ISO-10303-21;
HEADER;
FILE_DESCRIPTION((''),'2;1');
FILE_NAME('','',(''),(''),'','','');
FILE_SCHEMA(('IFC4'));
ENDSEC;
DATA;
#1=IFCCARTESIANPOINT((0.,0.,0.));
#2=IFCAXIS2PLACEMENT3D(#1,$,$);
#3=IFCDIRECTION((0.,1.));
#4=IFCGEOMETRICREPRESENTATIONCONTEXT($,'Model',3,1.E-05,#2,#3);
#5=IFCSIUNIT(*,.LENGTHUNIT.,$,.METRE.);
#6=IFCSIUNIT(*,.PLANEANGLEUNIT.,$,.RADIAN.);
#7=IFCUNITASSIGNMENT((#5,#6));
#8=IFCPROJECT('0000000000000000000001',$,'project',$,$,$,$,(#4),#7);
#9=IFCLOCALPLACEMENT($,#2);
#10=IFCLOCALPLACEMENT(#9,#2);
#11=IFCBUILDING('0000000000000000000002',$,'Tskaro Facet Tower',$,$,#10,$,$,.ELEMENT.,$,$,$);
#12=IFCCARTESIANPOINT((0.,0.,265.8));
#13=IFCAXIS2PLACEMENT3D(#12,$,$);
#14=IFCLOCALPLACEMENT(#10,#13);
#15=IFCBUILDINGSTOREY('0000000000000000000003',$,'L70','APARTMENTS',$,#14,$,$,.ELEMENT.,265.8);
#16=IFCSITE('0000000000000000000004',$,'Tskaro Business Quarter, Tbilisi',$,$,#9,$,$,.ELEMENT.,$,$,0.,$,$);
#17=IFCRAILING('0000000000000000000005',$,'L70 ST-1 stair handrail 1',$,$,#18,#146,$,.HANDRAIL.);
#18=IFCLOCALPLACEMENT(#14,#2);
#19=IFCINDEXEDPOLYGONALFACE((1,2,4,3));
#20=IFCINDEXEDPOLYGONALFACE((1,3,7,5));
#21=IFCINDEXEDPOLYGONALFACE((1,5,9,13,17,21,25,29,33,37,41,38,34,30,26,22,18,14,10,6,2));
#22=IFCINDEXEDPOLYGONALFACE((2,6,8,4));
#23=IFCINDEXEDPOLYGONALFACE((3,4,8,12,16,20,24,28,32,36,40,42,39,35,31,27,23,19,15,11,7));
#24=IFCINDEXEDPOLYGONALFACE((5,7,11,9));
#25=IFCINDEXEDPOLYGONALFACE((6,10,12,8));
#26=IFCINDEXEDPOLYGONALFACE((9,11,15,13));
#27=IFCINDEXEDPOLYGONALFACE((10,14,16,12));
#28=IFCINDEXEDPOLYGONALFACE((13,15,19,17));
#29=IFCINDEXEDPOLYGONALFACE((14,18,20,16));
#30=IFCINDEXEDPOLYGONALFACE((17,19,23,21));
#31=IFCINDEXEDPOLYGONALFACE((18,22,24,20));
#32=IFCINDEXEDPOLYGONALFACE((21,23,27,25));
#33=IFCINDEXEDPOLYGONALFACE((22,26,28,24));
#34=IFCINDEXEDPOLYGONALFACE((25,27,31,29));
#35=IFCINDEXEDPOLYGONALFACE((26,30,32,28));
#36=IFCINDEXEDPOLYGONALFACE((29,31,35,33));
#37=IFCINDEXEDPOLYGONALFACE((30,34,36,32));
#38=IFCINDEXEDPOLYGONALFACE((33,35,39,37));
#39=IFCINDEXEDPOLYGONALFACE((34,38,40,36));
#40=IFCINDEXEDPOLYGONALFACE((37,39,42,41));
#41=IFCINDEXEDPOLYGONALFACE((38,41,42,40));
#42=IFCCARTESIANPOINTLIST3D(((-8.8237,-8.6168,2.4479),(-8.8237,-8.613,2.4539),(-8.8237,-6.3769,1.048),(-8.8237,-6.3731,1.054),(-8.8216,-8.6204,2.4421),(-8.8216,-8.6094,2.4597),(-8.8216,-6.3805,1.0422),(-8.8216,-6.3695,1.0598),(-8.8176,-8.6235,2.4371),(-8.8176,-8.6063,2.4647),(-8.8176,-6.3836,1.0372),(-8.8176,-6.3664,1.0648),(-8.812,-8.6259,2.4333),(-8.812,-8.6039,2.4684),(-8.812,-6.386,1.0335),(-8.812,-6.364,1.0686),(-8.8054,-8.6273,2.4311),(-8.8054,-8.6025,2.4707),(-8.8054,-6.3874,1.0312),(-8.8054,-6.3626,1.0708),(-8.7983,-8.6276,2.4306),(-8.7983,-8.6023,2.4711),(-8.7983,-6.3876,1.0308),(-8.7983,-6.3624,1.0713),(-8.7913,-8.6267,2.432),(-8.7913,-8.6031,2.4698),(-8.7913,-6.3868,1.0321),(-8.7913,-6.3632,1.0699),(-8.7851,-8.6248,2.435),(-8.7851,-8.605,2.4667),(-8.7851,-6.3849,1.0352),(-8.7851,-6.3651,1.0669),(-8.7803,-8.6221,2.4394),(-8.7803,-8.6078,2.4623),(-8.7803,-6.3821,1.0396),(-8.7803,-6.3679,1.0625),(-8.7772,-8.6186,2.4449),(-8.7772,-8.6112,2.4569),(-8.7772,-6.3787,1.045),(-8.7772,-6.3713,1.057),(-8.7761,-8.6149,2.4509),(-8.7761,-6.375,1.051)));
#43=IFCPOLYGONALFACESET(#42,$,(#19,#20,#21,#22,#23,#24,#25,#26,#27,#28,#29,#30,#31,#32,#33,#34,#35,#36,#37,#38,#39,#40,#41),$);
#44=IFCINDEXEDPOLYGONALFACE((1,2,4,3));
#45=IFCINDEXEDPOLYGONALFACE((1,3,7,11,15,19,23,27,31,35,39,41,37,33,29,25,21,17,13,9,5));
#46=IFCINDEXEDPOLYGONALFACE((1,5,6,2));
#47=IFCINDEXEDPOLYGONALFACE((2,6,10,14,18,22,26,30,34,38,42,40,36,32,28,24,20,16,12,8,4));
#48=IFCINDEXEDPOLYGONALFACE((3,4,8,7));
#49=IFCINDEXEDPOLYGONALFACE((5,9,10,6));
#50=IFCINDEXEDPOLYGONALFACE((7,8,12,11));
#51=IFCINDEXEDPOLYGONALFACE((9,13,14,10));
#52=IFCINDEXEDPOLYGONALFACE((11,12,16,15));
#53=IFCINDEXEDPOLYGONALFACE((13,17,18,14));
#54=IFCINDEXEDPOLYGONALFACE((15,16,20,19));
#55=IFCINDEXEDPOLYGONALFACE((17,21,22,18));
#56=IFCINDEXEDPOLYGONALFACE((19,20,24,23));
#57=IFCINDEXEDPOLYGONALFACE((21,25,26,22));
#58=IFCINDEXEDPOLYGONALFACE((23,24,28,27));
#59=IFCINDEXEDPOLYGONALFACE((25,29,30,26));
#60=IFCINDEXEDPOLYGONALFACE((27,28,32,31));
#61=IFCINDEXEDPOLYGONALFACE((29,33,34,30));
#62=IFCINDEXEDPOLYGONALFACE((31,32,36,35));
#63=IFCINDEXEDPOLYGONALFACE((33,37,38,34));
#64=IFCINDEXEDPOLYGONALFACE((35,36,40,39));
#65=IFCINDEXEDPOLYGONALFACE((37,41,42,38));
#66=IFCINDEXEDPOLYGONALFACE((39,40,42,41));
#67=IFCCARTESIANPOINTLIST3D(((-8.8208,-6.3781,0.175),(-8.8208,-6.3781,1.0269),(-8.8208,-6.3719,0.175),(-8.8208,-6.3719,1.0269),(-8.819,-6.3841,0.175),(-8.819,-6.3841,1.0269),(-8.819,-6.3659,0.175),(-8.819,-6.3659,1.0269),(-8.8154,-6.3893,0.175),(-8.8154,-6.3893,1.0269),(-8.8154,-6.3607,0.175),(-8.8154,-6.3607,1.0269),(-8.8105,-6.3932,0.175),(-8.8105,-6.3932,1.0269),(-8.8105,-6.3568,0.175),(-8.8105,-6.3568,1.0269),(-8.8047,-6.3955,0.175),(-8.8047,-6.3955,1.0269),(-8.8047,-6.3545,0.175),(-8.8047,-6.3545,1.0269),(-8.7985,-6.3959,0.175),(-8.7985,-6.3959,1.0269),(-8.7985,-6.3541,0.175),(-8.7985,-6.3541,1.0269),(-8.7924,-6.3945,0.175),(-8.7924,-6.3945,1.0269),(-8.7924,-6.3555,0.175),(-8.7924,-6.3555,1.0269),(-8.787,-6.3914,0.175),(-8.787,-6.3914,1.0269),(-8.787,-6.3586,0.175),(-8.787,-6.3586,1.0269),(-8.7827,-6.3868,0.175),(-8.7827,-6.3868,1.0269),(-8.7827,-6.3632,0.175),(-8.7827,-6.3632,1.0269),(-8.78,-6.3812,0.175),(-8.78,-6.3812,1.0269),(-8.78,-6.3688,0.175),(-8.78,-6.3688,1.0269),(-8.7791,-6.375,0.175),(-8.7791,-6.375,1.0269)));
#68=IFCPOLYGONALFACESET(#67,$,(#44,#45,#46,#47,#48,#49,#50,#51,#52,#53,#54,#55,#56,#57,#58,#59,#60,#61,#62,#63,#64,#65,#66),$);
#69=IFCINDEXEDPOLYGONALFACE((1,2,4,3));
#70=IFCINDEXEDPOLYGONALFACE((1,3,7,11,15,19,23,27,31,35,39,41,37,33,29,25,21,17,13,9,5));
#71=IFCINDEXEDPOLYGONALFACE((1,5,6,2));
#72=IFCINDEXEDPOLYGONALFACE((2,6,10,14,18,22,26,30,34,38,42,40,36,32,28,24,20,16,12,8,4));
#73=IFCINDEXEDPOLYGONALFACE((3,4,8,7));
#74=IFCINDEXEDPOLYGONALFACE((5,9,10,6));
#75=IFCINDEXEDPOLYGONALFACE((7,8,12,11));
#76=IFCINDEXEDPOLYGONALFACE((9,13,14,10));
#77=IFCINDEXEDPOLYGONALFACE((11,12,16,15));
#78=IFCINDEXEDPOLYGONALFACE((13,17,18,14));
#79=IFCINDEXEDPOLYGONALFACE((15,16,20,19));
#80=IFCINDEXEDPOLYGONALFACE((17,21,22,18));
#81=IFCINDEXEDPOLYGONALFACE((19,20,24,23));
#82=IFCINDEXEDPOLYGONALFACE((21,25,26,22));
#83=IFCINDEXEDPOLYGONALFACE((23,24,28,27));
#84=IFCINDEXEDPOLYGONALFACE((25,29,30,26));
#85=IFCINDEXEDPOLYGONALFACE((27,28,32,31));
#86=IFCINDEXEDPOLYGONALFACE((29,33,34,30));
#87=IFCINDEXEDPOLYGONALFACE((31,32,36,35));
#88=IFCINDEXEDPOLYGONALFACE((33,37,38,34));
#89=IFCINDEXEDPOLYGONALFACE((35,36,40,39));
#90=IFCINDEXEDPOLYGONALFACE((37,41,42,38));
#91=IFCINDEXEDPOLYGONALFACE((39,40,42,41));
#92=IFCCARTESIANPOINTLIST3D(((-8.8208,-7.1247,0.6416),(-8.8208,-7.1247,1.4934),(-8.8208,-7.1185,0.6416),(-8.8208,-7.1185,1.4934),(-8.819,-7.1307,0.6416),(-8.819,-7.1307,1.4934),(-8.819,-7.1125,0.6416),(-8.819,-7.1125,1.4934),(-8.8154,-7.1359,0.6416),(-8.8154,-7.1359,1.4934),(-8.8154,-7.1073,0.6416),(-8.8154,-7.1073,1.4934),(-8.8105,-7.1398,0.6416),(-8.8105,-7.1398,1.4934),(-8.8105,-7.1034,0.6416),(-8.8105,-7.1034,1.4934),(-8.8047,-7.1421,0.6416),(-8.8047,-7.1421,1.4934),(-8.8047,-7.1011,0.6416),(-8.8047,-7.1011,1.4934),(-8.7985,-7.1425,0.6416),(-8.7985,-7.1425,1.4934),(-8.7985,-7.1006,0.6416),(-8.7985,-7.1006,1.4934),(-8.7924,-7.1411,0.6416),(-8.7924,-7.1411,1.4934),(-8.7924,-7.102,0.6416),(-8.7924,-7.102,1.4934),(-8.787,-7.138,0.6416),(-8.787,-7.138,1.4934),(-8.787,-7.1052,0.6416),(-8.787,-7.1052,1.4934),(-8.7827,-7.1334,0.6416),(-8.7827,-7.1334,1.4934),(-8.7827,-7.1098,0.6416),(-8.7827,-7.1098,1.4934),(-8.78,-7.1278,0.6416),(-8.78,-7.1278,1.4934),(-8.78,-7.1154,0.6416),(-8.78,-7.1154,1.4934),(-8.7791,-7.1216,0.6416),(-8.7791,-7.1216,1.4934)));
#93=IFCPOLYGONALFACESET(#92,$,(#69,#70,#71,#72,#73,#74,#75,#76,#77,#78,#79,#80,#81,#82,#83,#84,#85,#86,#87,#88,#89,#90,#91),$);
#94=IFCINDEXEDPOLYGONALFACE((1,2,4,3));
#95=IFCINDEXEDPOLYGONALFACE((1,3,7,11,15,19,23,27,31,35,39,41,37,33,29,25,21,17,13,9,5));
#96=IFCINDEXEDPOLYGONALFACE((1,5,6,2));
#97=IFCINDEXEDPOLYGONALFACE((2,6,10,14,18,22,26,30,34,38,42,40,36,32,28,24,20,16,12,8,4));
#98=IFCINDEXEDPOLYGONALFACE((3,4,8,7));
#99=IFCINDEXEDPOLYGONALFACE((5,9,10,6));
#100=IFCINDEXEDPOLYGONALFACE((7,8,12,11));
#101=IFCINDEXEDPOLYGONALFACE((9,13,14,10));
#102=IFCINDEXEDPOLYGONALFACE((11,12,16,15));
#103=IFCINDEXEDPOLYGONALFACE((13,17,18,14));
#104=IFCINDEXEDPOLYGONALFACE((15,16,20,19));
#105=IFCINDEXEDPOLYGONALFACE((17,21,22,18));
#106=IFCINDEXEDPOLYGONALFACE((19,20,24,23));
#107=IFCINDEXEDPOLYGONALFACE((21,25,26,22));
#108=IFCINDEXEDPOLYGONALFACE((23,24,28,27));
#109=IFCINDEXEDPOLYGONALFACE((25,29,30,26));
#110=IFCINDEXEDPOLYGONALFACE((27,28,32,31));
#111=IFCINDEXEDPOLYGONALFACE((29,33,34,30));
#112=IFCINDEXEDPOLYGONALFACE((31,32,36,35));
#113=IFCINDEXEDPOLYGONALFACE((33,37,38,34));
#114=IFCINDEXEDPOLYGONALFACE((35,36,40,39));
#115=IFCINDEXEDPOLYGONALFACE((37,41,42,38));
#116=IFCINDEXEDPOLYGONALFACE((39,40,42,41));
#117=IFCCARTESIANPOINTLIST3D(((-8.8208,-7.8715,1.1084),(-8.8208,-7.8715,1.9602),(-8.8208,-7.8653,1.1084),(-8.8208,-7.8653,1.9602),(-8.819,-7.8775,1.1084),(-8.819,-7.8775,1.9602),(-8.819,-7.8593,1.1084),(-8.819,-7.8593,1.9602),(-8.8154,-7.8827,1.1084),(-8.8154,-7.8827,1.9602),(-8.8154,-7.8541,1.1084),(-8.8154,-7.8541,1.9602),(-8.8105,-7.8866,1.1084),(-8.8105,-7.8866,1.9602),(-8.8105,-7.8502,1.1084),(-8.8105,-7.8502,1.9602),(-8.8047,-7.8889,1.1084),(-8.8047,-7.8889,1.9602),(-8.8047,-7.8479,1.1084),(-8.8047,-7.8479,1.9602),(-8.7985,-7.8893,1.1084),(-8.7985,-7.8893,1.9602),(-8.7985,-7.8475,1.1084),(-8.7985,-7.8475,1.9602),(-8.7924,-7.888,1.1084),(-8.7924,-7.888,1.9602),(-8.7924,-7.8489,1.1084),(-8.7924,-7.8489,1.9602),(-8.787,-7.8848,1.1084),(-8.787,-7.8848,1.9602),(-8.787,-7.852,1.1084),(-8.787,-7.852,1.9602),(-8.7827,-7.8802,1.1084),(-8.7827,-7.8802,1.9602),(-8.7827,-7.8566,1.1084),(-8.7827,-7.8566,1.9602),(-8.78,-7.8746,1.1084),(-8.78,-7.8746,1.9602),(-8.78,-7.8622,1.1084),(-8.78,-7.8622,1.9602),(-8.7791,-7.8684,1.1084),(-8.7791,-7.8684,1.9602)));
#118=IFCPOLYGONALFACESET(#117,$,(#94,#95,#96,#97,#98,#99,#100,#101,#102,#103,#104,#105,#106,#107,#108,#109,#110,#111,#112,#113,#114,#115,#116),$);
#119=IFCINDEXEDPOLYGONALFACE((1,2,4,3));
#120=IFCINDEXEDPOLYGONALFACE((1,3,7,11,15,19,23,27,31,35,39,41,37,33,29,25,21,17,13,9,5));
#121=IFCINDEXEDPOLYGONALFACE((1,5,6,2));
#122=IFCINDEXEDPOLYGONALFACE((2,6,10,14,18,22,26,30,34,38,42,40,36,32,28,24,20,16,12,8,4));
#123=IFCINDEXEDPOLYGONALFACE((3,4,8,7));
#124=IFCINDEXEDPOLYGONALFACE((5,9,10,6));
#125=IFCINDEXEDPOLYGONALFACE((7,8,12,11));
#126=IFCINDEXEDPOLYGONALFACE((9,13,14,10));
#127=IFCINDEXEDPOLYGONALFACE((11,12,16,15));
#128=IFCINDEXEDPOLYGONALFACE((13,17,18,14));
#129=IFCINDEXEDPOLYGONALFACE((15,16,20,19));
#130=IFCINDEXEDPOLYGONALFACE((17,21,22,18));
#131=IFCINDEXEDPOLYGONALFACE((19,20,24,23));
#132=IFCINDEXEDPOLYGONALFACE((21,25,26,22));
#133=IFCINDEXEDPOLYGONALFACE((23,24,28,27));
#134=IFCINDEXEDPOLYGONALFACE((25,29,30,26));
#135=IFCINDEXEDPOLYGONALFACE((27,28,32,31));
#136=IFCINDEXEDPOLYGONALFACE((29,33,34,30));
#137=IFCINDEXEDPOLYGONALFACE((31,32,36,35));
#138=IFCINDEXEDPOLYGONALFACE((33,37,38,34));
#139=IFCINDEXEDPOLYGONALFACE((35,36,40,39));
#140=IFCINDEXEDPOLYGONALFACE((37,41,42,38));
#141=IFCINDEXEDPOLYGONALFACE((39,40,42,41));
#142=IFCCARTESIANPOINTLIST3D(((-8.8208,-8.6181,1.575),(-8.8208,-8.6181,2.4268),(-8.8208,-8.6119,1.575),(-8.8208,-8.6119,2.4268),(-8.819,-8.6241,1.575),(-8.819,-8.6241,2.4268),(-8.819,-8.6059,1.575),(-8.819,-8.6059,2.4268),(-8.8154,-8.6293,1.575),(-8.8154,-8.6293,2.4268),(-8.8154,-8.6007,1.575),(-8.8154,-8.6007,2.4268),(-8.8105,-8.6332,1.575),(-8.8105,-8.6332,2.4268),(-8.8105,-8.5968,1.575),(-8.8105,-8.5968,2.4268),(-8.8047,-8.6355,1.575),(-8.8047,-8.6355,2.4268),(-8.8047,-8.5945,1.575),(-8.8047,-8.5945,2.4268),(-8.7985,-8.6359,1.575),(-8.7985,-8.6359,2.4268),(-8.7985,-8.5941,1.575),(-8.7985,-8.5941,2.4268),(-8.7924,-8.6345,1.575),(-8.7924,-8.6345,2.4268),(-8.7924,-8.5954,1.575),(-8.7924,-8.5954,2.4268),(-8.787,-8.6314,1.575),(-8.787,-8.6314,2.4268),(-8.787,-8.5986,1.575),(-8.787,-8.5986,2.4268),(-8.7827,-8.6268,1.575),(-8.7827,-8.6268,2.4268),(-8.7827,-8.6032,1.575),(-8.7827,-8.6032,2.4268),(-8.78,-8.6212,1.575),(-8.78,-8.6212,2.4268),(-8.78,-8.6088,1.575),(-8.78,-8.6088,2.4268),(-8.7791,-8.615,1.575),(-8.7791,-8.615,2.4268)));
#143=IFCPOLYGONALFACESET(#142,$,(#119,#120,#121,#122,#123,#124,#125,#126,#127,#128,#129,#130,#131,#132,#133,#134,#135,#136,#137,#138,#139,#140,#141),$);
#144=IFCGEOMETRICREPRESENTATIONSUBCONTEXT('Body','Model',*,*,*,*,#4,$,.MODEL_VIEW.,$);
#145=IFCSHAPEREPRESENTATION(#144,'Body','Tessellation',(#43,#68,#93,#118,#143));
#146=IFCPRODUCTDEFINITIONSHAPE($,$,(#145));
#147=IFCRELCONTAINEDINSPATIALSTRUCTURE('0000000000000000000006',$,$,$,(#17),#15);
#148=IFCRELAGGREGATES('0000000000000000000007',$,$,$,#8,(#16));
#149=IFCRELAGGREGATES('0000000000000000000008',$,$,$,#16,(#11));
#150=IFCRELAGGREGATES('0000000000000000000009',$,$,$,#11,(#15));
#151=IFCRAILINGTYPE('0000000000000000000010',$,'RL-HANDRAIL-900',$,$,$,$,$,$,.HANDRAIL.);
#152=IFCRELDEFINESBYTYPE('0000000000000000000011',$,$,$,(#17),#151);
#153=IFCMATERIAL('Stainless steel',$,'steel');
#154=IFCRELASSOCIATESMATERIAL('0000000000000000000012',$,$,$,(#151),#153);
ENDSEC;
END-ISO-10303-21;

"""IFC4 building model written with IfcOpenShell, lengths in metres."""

from ifc_helpers import new_model, si_unit, direction, frame, origin, origin_2d, place, context, subcontext, project, spatial, circle, extrude, material, type_object, element, save


model = new_model("IFC4")

# Units and contexts
model_context = context("Model", 3, precision=1e-05, world=origin(), true_north=direction((0.0, 1.0)))
body_context = subcontext(model_context, "Body", "Model", "MODEL_VIEW")
ifc_project = project(units=[si_unit("LENGTHUNIT", "METRE"), si_unit("PLANEANGLEUNIT", "RADIAN")], contexts=[model_context])

# Site, building, storey
site_placement = place(None, origin())
site = spatial("IfcSite", under=ifc_project, at=site_placement, Name="Tskaro Business Quarter, Tbilisi", CompositionType="ELEMENT", RefElevation=0.0)
building_placement = place(site_placement, origin())
building = spatial("IfcBuilding", under=site, at=building_placement, Name="Tskaro Facet Tower", CompositionType="ELEMENT")
storey_placement = place(building_placement, frame((0.0, 0.0, 265.8)))
storey = spatial("IfcBuildingStorey", under=building, at=storey_placement, Name="L70", Description="APARTMENTS", CompositionType="ELEMENT", Elevation=265.8)

# Railing
ifc_material_1 = material(Name="Stainless steel", Category="steel")
railing_type = type_object("IfcRailingType", Name="RL-HANDRAIL-900", PredefinedType="HANDRAIL", material=ifc_material_1)
railing_placement = place(storey_placement, frame((-8.8, -6.375, 0.175)))
element("IfcRailing", 1, at=railing_placement, inside=storey, type_object=railing_type, Name="L70 ST-1 stair handrail 1", PredefinedType="HANDRAIL", context=body_context, shape_type="SweptSolid", body=[
    extrude(circle(Radius=0.0239, at=origin_2d()), frame((0.0, 0.0, 0.876), z_axis=(0.0, -0.848014, 0.529974), x_axis=(1.0, 0.0, 0.0)), (0.0, 0.0, 1.0), 2.6414),
    extrude(circle(Radius=0.021, at=origin_2d()), origin(), (0.0, 0.0, 1.0), 0.8518),
    extrude(circle(Radius=0.021, at=origin_2d()), frame((0.0, -0.7466, 0.4666)), (0.0, 0.0, 1.0), 0.8518),
    extrude(circle(Radius=0.021, at=origin_2d()), frame((0.0, -1.4934, 0.9333)), (0.0, 0.0, 1.0), 0.8518),
    extrude(circle(Radius=0.021, at=origin_2d()), frame((0.0, -2.24, 1.3999)), (0.0, 0.0, 1.0), 0.8518),
])

save(model, "model.ifc")
